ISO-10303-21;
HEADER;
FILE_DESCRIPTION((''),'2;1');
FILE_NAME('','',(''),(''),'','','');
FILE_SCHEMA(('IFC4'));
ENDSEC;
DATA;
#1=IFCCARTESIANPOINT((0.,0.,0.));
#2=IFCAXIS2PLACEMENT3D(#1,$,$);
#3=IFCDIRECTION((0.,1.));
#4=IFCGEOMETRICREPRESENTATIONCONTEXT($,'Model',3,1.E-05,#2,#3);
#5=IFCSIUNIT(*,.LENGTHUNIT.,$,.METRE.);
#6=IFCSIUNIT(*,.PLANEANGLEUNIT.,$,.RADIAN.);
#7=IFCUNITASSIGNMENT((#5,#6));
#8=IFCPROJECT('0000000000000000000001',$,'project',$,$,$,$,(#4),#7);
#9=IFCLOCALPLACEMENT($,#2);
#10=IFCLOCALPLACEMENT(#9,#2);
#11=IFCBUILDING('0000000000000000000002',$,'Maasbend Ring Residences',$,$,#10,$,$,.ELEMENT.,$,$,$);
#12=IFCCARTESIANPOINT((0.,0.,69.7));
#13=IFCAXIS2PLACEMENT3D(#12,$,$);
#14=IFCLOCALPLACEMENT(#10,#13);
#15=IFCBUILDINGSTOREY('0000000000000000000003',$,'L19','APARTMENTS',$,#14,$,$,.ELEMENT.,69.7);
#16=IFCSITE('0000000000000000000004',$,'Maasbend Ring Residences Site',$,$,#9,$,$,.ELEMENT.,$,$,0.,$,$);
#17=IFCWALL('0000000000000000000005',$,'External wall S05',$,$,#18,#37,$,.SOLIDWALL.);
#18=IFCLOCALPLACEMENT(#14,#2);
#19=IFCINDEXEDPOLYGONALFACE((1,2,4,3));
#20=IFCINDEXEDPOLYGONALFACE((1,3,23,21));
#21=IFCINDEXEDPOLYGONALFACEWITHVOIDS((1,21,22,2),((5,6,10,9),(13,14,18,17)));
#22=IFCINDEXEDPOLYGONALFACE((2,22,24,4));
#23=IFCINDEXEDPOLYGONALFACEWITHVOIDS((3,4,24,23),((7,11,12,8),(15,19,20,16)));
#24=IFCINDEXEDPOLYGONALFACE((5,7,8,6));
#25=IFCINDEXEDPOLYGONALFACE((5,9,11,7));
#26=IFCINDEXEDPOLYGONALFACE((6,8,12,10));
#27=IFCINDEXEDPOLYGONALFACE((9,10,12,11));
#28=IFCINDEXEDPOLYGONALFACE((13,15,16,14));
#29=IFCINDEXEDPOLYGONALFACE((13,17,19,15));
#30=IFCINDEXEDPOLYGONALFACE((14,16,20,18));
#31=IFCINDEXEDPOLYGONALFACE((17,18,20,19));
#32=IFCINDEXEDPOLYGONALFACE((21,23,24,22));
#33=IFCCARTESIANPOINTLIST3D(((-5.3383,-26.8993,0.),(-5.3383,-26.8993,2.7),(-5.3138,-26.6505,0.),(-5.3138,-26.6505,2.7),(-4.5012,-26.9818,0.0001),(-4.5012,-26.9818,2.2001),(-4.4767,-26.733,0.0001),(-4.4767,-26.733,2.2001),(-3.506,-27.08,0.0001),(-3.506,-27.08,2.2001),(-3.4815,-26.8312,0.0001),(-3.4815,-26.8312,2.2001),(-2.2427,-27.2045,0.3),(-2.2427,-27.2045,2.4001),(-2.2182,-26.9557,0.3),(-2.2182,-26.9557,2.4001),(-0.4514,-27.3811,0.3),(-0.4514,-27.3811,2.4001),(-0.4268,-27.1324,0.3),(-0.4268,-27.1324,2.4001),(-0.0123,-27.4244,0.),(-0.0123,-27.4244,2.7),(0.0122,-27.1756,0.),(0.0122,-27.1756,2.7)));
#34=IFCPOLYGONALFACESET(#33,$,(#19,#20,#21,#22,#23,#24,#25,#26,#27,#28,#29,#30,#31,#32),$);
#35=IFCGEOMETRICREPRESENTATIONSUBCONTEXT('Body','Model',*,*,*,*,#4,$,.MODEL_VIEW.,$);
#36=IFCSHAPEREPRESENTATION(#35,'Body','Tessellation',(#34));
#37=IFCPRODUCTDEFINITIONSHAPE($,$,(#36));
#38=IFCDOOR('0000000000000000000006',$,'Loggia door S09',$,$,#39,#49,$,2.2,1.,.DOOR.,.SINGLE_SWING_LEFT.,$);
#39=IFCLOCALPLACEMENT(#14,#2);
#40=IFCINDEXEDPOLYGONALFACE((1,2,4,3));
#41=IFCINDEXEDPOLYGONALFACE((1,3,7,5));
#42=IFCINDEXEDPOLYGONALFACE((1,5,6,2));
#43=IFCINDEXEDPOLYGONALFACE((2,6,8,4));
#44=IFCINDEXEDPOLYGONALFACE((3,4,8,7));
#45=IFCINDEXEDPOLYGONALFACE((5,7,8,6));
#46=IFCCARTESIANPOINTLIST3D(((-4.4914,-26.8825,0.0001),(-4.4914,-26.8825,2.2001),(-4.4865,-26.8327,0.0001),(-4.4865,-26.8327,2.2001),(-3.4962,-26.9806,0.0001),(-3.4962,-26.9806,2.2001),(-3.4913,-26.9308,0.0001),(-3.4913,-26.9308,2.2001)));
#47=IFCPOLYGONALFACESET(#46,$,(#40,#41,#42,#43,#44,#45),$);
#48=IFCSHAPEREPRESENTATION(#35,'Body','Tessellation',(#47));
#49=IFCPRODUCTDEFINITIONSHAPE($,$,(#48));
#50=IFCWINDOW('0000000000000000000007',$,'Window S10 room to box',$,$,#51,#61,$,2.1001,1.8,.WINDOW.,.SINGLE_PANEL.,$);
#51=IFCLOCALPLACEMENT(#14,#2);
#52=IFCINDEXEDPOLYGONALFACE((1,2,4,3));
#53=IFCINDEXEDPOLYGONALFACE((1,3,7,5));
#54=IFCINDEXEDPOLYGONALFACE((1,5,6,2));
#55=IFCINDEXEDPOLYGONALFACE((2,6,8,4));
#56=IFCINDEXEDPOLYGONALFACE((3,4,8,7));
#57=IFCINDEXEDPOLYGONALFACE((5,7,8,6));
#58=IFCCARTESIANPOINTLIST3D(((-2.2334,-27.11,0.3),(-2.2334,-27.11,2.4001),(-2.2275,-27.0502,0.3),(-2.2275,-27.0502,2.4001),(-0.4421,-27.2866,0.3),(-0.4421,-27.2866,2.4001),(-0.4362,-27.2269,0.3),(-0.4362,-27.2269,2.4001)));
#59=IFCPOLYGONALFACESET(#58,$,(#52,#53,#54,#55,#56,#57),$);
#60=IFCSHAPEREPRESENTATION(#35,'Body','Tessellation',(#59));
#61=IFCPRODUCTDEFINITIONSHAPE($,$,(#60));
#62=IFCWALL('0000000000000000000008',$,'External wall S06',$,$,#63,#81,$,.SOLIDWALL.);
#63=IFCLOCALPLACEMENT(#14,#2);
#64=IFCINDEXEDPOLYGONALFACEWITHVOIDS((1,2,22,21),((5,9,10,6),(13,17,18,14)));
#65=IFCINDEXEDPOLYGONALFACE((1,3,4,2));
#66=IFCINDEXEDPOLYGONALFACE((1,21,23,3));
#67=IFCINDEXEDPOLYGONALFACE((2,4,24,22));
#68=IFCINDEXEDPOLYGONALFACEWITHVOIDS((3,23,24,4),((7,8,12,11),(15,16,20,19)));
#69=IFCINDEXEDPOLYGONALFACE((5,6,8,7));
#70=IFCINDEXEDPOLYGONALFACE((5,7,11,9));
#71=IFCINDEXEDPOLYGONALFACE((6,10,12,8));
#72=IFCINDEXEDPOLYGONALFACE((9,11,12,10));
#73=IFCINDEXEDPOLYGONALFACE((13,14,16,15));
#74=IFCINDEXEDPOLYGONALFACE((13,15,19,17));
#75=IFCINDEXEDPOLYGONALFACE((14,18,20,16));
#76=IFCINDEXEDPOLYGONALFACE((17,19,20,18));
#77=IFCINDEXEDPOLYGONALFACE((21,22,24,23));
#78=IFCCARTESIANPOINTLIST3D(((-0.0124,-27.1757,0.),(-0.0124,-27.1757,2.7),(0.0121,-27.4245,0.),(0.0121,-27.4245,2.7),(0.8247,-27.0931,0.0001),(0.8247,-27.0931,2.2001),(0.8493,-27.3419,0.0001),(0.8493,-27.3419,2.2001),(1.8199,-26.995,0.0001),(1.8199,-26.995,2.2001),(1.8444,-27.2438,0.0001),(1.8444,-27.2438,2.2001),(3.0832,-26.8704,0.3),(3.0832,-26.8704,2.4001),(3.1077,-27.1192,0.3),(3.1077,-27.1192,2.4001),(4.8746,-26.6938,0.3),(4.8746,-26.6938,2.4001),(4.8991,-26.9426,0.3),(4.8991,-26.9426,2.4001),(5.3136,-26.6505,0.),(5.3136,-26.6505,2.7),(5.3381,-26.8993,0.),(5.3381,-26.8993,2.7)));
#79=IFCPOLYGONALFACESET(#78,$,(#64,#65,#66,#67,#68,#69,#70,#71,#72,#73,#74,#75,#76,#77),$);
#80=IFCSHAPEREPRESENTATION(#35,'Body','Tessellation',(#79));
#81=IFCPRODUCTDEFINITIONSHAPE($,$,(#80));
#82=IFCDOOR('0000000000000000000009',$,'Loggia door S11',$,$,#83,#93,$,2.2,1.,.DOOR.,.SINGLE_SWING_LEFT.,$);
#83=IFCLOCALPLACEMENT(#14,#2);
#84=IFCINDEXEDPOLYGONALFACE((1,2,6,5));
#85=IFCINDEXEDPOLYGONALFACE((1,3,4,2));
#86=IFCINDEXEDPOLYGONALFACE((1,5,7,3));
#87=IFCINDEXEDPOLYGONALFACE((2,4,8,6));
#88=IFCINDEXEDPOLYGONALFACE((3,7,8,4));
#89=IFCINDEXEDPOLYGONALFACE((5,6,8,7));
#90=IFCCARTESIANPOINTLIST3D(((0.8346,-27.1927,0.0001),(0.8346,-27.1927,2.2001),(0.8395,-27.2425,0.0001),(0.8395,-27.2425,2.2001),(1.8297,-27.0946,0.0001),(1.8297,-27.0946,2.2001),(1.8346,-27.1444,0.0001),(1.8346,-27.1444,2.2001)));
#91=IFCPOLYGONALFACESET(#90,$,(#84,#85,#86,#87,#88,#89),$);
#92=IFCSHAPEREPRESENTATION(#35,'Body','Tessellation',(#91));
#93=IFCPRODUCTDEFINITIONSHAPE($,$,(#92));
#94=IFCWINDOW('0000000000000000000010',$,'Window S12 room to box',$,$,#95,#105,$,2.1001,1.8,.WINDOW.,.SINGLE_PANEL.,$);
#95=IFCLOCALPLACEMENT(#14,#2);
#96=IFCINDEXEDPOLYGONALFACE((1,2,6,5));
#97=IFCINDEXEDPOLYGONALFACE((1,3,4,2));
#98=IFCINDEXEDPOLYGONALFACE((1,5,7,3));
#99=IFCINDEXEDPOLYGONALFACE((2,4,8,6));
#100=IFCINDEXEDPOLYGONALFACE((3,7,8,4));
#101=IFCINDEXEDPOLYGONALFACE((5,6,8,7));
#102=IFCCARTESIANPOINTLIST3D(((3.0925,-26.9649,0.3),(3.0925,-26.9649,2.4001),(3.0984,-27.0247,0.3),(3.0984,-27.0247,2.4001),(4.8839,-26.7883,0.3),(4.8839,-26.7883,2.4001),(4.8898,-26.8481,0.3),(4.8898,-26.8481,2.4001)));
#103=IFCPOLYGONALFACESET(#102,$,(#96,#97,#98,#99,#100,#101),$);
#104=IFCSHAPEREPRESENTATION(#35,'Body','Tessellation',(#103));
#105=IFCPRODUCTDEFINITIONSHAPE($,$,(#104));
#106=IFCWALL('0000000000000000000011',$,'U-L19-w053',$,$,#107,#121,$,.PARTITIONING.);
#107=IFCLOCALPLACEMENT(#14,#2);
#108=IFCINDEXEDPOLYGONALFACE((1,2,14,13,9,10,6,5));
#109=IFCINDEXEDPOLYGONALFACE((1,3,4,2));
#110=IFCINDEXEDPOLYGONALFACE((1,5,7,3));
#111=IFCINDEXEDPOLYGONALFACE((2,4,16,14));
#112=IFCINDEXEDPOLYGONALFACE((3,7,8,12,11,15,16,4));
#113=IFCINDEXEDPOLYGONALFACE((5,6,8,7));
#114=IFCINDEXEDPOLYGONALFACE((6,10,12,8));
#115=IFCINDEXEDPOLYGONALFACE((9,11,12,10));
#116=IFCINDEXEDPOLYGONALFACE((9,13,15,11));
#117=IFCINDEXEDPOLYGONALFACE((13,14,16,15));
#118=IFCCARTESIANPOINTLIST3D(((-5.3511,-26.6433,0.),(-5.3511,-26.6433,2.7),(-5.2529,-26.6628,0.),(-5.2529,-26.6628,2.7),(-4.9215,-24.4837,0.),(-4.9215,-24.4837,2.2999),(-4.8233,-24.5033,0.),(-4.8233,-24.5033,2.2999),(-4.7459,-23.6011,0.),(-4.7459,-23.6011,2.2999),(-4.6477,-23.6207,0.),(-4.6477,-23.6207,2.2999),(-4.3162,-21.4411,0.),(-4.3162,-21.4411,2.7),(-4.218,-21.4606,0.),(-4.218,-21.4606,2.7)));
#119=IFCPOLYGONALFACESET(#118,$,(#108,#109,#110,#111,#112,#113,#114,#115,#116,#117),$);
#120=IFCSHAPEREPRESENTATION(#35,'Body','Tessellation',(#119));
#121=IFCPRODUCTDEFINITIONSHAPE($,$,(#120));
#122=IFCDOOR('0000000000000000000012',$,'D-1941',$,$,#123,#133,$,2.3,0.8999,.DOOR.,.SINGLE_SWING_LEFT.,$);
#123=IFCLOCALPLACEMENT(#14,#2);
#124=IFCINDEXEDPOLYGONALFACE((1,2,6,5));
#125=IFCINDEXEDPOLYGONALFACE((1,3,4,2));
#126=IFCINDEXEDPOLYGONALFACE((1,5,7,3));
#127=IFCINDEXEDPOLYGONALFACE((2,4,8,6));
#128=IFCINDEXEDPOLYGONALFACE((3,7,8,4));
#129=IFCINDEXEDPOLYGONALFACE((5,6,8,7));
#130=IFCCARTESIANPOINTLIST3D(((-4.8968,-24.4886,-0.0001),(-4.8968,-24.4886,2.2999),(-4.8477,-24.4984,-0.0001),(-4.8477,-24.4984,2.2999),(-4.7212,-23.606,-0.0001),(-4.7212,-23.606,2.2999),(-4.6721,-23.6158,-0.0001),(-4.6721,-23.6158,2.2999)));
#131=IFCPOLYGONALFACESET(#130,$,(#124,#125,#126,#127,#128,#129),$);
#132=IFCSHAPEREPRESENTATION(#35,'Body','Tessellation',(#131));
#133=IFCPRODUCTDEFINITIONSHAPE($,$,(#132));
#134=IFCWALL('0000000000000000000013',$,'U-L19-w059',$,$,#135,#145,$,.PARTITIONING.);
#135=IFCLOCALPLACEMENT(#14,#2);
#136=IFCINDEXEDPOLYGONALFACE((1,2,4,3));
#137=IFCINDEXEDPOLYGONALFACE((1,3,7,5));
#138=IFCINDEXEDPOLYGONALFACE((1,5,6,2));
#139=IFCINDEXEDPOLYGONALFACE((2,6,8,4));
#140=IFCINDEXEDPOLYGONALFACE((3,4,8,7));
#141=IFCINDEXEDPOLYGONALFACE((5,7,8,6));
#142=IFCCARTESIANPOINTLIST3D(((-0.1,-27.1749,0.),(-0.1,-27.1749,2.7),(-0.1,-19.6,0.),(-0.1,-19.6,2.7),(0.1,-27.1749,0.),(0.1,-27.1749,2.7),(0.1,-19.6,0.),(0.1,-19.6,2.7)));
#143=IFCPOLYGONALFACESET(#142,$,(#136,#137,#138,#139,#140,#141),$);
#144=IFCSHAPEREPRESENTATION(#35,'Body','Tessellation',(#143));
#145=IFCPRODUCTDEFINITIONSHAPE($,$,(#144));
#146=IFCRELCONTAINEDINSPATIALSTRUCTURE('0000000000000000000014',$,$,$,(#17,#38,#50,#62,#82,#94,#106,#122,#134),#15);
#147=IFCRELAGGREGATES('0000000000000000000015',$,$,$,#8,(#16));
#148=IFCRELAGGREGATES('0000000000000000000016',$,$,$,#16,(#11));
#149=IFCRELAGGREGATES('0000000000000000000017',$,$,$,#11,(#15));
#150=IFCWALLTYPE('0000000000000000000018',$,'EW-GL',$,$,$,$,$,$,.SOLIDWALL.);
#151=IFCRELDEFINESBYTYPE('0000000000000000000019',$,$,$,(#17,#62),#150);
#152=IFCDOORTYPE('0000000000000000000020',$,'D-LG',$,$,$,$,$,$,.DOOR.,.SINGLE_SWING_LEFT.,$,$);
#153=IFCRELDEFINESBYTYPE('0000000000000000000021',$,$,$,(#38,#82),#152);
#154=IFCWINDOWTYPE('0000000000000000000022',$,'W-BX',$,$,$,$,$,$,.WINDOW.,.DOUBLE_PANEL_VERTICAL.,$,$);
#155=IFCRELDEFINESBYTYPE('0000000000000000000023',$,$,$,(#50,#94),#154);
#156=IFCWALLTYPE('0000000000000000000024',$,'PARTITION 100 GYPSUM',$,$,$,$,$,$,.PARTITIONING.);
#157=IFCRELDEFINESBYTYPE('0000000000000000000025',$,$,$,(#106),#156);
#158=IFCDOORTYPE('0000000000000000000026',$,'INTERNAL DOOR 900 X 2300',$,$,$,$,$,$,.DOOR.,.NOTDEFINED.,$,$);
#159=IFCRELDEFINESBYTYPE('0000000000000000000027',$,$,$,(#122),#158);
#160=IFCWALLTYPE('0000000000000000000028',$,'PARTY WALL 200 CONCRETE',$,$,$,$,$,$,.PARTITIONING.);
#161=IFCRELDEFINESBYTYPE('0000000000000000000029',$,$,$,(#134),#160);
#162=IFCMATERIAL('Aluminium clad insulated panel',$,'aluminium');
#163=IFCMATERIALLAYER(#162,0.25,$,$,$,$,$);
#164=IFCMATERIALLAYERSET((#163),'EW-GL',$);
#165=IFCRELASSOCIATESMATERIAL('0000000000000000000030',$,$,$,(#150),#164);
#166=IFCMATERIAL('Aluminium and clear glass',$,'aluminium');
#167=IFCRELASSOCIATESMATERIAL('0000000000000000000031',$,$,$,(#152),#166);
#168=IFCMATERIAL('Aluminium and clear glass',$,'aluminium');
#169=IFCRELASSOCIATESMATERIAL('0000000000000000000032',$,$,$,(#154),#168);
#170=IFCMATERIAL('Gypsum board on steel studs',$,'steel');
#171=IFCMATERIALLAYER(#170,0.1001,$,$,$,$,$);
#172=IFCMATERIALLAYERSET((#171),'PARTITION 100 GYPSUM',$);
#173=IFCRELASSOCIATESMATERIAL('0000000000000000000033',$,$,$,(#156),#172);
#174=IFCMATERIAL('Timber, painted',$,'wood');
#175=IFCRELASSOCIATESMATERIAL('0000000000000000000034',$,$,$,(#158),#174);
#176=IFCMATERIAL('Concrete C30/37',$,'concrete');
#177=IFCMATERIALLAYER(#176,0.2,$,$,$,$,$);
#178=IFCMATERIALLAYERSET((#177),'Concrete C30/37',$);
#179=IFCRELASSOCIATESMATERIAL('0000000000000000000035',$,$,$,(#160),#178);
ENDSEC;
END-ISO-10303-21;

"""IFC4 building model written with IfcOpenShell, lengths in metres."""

from ifc_helpers import new_model, si_unit, direction, frame, frame_2d, origin, place, context, subcontext, project, spatial, rectangle, extrude, material, layer, layer_set, type_object, element, fill, save


model = new_model("IFC4")

# Units and contexts
model_context = context("Model", 3, precision=1e-05, world=origin(), true_north=direction((0.0, 1.0)))
body_context = subcontext(model_context, "Body", "Model", "MODEL_VIEW")
ifc_project = project(units=[si_unit("LENGTHUNIT", "METRE"), si_unit("PLANEANGLEUNIT", "RADIAN")], contexts=[model_context])

# Site, building, storey
site_placement = place(None, origin())
site = spatial("IfcSite", under=ifc_project, at=site_placement, Name="Maasbend Ring Residences Site", CompositionType="ELEMENT", RefElevation=0.0)
building_placement = place(site_placement, origin())
building = spatial("IfcBuilding", under=site, at=building_placement, Name="Maasbend Ring Residences", CompositionType="ELEMENT")
storey_placement = place(building_placement, frame((0.0, 0.0, 69.7)))
storey = spatial("IfcBuildingStorey", under=building, at=storey_placement, Name="L19", Description="APARTMENTS", CompositionType="ELEMENT", Elevation=69.7)

# Walls, openings, doors, windows
ifc_material_1 = material(Name="Aluminium clad insulated panel", Category="aluminium")
ifc_layer_1 = layer(ifc_material_1, 0.25)
ifc_layer_set_1 = layer_set([ifc_layer_1], Name="EW-GL")
wall_type_1 = type_object("IfcWallType", Name="EW-GL", PredefinedType="SOLIDWALL", material=ifc_layer_set_1)
wall_1_placement = place(storey_placement, frame((-5.3259, -26.7749, 0.0), z_axis=(0.0, 0.0, 1.0), x_axis=(0.995174, -0.098126, 0.0)))
wall_1 = element("IfcWall", 1, at=wall_1_placement, inside=storey, type_object=wall_type_1, Name="External wall S05", PredefinedType="SOLIDWALL", context=body_context, shape_type="SweptSolid", body=[
    extrude(rectangle(XDim=5.3518, YDim=0.25, at=frame_2d((2.6758, 0.0))), origin(), (0.0, 0.0, 1.0), 2.7),
])
opening_1_placement = place(wall_1_placement, frame((0.8411, 0.0, 0.0)))
opening_1 = element("IfcOpeningElement", 2, at=opening_1_placement, cuts=wall_1, PredefinedType="OPENING", context=body_context, shape_type="SweptSolid", body=[
    extrude(rectangle(XDim=1.0, YDim=2.2, at=frame_2d((0.5, 1.1001))), frame((0.0, 0.135, 0.0), z_axis=(0.0, -1.0, 0.0), x_axis=(1.0, 0.0, 0.0)), (0.0, 0.0, 1.0), 0.27),
])
opening_2_placement = place(wall_1_placement, frame((3.1106, 0.0, 0.3)))
opening_2 = element("IfcOpeningElement", 3, at=opening_2_placement, cuts=wall_1, PredefinedType="OPENING", context=body_context, shape_type="SweptSolid", body=[
    extrude(rectangle(XDim=1.8, YDim=2.1001, at=frame_2d((0.8999, 1.05))), frame((0.0, 0.135, 0.0), z_axis=(0.0, -1.0, 0.0), x_axis=(1.0, 0.0, 0.0)), (0.0, 0.0, 1.0), 0.27),
])
ifc_material_2 = material(Name="Aluminium and clear glass", Category="aluminium")
door_type_1 = type_object("IfcDoorType", Name="D-LG", OperationType="SINGLE_SWING_LEFT", PredefinedType="DOOR", material=ifc_material_2)
door_1_placement = place(opening_1_placement, origin())
door_1 = element("IfcDoor", 4, at=door_1_placement, inside=storey, type_object=door_type_1, Name="Loggia door S09", OperationType="SINGLE_SWING_LEFT", OverallHeight=2.2, OverallWidth=1.0, PredefinedType="DOOR", context=body_context, shape_type="SweptSolid", body=[
    extrude(rectangle(XDim=1.0, YDim=2.2, at=frame_2d((0.5, 1.1001))), frame((0.0, 0.0249, 0.0), z_axis=(0.0, -1.0, 0.0), x_axis=(1.0, 0.0, 0.0)), (0.0, 0.0, 1.0), 0.05),
])
fill(opening_1, door_1)
ifc_material_3 = material(Name="Aluminium and clear glass", Category="aluminium")
window_type_1 = type_object("IfcWindowType", Name="W-BX", PartitioningType="DOUBLE_PANEL_VERTICAL", PredefinedType="WINDOW", material=ifc_material_3)
window_1_placement = place(opening_2_placement, origin())
window_1 = element("IfcWindow", 5, at=window_1_placement, inside=storey, type_object=window_type_1, Name="Window S10 room to box", OverallHeight=2.1001, OverallWidth=1.8, PartitioningType="SINGLE_PANEL", PredefinedType="WINDOW", context=body_context, shape_type="SweptSolid", body=[
    extrude(rectangle(XDim=1.8, YDim=2.1001, at=frame_2d((0.8999, 1.05))), frame((0.0, 0.03, 0.0), z_axis=(0.0, -1.0, 0.0), x_axis=(1.0, 0.0, 0.0)), (0.0, 0.0, 1.0), 0.0601),
])
fill(opening_2, window_1)
wall_2_placement = place(storey_placement, frame((0.0, -27.3, 0.0), z_axis=(0.0, 0.0, 1.0), x_axis=(0.995174, 0.098126, 0.0)))
wall_2 = element("IfcWall", 6, at=wall_2_placement, inside=storey, type_object=wall_type_1, Name="External wall S06", PredefinedType="SOLIDWALL", context=body_context, shape_type="SweptSolid", body=[
    extrude(rectangle(XDim=5.3518, YDim=0.25, at=frame_2d((2.6758, 0.0))), origin(), (0.0, 0.0, 1.0), 2.7),
])
opening_3_placement = place(wall_2_placement, frame((0.8411, 0.0, 0.0)))
opening_3 = element("IfcOpeningElement", 7, at=opening_3_placement, cuts=wall_2, PredefinedType="OPENING", context=body_context, shape_type="SweptSolid", body=[
    extrude(rectangle(XDim=1.0, YDim=2.2, at=frame_2d((0.5, 1.1001))), frame((0.0, 0.135, 0.0), z_axis=(0.0, -1.0, 0.0), x_axis=(1.0, 0.0, 0.0)), (0.0, 0.0, 1.0), 0.27),
])
opening_4_placement = place(wall_2_placement, frame((3.1106, 0.0, 0.3)))
opening_4 = element("IfcOpeningElement", 8, at=opening_4_placement, cuts=wall_2, PredefinedType="OPENING", context=body_context, shape_type="SweptSolid", body=[
    extrude(rectangle(XDim=1.8, YDim=2.1001, at=frame_2d((0.8999, 1.05))), frame((0.0, 0.135, 0.0), z_axis=(0.0, -1.0, 0.0), x_axis=(1.0, 0.0, 0.0)), (0.0, 0.0, 1.0), 0.27),
])
door_2_placement = place(opening_3_placement, origin())
door_2 = element("IfcDoor", 9, at=door_2_placement, inside=storey, type_object=door_type_1, Name="Loggia door S11", OperationType="SINGLE_SWING_LEFT", OverallHeight=2.2, OverallWidth=1.0, PredefinedType="DOOR", context=body_context, shape_type="SweptSolid", body=[
    extrude(rectangle(XDim=1.0, YDim=2.2, at=frame_2d((0.5, 1.1001))), frame((0.0, 0.0249, 0.0), z_axis=(0.0, -1.0, 0.0), x_axis=(1.0, 0.0, 0.0)), (0.0, 0.0, 1.0), 0.05),
])
fill(opening_3, door_2)
window_2_placement = place(opening_4_placement, origin())
window_2 = element("IfcWindow", 10, at=window_2_placement, inside=storey, type_object=window_type_1, Name="Window S12 room to box", OverallHeight=2.1001, OverallWidth=1.8, PartitioningType="SINGLE_PANEL", PredefinedType="WINDOW", context=body_context, shape_type="SweptSolid", body=[
    extrude(rectangle(XDim=1.8, YDim=2.1001, at=frame_2d((0.8999, 1.05))), frame((0.0, 0.03, 0.0), z_axis=(0.0, -1.0, 0.0), x_axis=(1.0, 0.0, 0.0)), (0.0, 0.0, 1.0), 0.0601),
])
fill(opening_4, window_2)

# Wall, opening, door
ifc_material_4 = material(Name="Gypsum board on steel studs", Category="steel")
ifc_layer_2 = layer(ifc_material_4, 0.1001)
ifc_layer_set_2 = layer_set([ifc_layer_2], Name="PARTITION 100 GYPSUM")
wall_type_2 = type_object("IfcWallType", Name="PARTITION 100 GYPSUM", PredefinedType="PARTITIONING", material=ifc_layer_set_2)
wall_3_placement = place(storey_placement, frame((-5.302, -26.6531, 0.0), z_axis=(0.0, 0.0, 1.0), x_axis=(0.195116, 0.98078, 0.0)))
wall_3 = element("IfcWall", 11, at=wall_3_placement, inside=storey, type_object=wall_type_2, Name="U-L19-w053", PredefinedType="PARTITIONING", context=body_context, shape_type="SweptSolid", body=[
    extrude(rectangle(XDim=5.3042, YDim=0.1001, at=frame_2d((2.6521, 0.0))), origin(), (0.0, 0.0, 1.0), 2.7),
])
opening_5_placement = place(wall_3_placement, frame((2.2019, 0.0, 0.0)))
opening_5 = element("IfcOpeningElement", 12, at=opening_5_placement, cuts=wall_3, PredefinedType="OPENING", context=body_context, shape_type="SweptSolid", body=[
    extrude(rectangle(XDim=0.8999, YDim=2.3, at=frame_2d((0.45, 1.1499))), frame((0.0, 0.0601, 0.0), z_axis=(0.0, -1.0, 0.0), x_axis=(1.0, 0.0, 0.0)), (0.0, 0.0, 1.0), 0.1201),
])
ifc_material_5 = material(Name="Timber, painted", Category="wood")
door_type_2 = type_object("IfcDoorType", Name="INTERNAL DOOR 900 X 2300", OperationType="NOTDEFINED", PredefinedType="DOOR", material=ifc_material_5)
door_3_placement = place(opening_5_placement, origin())
door_3 = element("IfcDoor", 13, at=door_3_placement, inside=storey, type_object=door_type_2, Name="D-1941", OperationType="SINGLE_SWING_LEFT", OverallHeight=2.3, OverallWidth=0.8999, PredefinedType="DOOR", context=body_context, shape_type="SweptSolid", body=[
    extrude(rectangle(XDim=0.8999, YDim=2.3, at=frame_2d((0.45, 1.1499))), frame((0.0, 0.0249, 0.0), z_axis=(0.0, -1.0, 0.0), x_axis=(1.0, 0.0, 0.0)), (0.0, 0.0, 1.0), 0.05),
])
fill(opening_5, door_3)

# Wall
ifc_material_6 = material(Name="Concrete C30/37", Category="concrete")
ifc_layer_3 = layer(ifc_material_6, 0.2)
ifc_layer_set_3 = layer_set([ifc_layer_3], Name="Concrete C30/37")
wall_type_3 = type_object("IfcWallType", Name="PARTY WALL 200 CONCRETE", PredefinedType="PARTITIONING", material=ifc_layer_set_3)
wall_4_placement = place(storey_placement, frame((0.0, -27.175, 0.0), z_axis=(0.0, 0.0, 1.0), x_axis=(0.0, 1.0, 0.0)))
element("IfcWall", 14, at=wall_4_placement, inside=storey, type_object=wall_type_3, Name="U-L19-w059", PredefinedType="PARTITIONING", context=body_context, shape_type="SweptSolid", body=[
    extrude(rectangle(XDim=7.575, YDim=0.2, at=frame_2d((3.7876, 0.0))), origin(), (0.0, 0.0, 1.0), 2.7),
])

save(model, "model.ifc")
